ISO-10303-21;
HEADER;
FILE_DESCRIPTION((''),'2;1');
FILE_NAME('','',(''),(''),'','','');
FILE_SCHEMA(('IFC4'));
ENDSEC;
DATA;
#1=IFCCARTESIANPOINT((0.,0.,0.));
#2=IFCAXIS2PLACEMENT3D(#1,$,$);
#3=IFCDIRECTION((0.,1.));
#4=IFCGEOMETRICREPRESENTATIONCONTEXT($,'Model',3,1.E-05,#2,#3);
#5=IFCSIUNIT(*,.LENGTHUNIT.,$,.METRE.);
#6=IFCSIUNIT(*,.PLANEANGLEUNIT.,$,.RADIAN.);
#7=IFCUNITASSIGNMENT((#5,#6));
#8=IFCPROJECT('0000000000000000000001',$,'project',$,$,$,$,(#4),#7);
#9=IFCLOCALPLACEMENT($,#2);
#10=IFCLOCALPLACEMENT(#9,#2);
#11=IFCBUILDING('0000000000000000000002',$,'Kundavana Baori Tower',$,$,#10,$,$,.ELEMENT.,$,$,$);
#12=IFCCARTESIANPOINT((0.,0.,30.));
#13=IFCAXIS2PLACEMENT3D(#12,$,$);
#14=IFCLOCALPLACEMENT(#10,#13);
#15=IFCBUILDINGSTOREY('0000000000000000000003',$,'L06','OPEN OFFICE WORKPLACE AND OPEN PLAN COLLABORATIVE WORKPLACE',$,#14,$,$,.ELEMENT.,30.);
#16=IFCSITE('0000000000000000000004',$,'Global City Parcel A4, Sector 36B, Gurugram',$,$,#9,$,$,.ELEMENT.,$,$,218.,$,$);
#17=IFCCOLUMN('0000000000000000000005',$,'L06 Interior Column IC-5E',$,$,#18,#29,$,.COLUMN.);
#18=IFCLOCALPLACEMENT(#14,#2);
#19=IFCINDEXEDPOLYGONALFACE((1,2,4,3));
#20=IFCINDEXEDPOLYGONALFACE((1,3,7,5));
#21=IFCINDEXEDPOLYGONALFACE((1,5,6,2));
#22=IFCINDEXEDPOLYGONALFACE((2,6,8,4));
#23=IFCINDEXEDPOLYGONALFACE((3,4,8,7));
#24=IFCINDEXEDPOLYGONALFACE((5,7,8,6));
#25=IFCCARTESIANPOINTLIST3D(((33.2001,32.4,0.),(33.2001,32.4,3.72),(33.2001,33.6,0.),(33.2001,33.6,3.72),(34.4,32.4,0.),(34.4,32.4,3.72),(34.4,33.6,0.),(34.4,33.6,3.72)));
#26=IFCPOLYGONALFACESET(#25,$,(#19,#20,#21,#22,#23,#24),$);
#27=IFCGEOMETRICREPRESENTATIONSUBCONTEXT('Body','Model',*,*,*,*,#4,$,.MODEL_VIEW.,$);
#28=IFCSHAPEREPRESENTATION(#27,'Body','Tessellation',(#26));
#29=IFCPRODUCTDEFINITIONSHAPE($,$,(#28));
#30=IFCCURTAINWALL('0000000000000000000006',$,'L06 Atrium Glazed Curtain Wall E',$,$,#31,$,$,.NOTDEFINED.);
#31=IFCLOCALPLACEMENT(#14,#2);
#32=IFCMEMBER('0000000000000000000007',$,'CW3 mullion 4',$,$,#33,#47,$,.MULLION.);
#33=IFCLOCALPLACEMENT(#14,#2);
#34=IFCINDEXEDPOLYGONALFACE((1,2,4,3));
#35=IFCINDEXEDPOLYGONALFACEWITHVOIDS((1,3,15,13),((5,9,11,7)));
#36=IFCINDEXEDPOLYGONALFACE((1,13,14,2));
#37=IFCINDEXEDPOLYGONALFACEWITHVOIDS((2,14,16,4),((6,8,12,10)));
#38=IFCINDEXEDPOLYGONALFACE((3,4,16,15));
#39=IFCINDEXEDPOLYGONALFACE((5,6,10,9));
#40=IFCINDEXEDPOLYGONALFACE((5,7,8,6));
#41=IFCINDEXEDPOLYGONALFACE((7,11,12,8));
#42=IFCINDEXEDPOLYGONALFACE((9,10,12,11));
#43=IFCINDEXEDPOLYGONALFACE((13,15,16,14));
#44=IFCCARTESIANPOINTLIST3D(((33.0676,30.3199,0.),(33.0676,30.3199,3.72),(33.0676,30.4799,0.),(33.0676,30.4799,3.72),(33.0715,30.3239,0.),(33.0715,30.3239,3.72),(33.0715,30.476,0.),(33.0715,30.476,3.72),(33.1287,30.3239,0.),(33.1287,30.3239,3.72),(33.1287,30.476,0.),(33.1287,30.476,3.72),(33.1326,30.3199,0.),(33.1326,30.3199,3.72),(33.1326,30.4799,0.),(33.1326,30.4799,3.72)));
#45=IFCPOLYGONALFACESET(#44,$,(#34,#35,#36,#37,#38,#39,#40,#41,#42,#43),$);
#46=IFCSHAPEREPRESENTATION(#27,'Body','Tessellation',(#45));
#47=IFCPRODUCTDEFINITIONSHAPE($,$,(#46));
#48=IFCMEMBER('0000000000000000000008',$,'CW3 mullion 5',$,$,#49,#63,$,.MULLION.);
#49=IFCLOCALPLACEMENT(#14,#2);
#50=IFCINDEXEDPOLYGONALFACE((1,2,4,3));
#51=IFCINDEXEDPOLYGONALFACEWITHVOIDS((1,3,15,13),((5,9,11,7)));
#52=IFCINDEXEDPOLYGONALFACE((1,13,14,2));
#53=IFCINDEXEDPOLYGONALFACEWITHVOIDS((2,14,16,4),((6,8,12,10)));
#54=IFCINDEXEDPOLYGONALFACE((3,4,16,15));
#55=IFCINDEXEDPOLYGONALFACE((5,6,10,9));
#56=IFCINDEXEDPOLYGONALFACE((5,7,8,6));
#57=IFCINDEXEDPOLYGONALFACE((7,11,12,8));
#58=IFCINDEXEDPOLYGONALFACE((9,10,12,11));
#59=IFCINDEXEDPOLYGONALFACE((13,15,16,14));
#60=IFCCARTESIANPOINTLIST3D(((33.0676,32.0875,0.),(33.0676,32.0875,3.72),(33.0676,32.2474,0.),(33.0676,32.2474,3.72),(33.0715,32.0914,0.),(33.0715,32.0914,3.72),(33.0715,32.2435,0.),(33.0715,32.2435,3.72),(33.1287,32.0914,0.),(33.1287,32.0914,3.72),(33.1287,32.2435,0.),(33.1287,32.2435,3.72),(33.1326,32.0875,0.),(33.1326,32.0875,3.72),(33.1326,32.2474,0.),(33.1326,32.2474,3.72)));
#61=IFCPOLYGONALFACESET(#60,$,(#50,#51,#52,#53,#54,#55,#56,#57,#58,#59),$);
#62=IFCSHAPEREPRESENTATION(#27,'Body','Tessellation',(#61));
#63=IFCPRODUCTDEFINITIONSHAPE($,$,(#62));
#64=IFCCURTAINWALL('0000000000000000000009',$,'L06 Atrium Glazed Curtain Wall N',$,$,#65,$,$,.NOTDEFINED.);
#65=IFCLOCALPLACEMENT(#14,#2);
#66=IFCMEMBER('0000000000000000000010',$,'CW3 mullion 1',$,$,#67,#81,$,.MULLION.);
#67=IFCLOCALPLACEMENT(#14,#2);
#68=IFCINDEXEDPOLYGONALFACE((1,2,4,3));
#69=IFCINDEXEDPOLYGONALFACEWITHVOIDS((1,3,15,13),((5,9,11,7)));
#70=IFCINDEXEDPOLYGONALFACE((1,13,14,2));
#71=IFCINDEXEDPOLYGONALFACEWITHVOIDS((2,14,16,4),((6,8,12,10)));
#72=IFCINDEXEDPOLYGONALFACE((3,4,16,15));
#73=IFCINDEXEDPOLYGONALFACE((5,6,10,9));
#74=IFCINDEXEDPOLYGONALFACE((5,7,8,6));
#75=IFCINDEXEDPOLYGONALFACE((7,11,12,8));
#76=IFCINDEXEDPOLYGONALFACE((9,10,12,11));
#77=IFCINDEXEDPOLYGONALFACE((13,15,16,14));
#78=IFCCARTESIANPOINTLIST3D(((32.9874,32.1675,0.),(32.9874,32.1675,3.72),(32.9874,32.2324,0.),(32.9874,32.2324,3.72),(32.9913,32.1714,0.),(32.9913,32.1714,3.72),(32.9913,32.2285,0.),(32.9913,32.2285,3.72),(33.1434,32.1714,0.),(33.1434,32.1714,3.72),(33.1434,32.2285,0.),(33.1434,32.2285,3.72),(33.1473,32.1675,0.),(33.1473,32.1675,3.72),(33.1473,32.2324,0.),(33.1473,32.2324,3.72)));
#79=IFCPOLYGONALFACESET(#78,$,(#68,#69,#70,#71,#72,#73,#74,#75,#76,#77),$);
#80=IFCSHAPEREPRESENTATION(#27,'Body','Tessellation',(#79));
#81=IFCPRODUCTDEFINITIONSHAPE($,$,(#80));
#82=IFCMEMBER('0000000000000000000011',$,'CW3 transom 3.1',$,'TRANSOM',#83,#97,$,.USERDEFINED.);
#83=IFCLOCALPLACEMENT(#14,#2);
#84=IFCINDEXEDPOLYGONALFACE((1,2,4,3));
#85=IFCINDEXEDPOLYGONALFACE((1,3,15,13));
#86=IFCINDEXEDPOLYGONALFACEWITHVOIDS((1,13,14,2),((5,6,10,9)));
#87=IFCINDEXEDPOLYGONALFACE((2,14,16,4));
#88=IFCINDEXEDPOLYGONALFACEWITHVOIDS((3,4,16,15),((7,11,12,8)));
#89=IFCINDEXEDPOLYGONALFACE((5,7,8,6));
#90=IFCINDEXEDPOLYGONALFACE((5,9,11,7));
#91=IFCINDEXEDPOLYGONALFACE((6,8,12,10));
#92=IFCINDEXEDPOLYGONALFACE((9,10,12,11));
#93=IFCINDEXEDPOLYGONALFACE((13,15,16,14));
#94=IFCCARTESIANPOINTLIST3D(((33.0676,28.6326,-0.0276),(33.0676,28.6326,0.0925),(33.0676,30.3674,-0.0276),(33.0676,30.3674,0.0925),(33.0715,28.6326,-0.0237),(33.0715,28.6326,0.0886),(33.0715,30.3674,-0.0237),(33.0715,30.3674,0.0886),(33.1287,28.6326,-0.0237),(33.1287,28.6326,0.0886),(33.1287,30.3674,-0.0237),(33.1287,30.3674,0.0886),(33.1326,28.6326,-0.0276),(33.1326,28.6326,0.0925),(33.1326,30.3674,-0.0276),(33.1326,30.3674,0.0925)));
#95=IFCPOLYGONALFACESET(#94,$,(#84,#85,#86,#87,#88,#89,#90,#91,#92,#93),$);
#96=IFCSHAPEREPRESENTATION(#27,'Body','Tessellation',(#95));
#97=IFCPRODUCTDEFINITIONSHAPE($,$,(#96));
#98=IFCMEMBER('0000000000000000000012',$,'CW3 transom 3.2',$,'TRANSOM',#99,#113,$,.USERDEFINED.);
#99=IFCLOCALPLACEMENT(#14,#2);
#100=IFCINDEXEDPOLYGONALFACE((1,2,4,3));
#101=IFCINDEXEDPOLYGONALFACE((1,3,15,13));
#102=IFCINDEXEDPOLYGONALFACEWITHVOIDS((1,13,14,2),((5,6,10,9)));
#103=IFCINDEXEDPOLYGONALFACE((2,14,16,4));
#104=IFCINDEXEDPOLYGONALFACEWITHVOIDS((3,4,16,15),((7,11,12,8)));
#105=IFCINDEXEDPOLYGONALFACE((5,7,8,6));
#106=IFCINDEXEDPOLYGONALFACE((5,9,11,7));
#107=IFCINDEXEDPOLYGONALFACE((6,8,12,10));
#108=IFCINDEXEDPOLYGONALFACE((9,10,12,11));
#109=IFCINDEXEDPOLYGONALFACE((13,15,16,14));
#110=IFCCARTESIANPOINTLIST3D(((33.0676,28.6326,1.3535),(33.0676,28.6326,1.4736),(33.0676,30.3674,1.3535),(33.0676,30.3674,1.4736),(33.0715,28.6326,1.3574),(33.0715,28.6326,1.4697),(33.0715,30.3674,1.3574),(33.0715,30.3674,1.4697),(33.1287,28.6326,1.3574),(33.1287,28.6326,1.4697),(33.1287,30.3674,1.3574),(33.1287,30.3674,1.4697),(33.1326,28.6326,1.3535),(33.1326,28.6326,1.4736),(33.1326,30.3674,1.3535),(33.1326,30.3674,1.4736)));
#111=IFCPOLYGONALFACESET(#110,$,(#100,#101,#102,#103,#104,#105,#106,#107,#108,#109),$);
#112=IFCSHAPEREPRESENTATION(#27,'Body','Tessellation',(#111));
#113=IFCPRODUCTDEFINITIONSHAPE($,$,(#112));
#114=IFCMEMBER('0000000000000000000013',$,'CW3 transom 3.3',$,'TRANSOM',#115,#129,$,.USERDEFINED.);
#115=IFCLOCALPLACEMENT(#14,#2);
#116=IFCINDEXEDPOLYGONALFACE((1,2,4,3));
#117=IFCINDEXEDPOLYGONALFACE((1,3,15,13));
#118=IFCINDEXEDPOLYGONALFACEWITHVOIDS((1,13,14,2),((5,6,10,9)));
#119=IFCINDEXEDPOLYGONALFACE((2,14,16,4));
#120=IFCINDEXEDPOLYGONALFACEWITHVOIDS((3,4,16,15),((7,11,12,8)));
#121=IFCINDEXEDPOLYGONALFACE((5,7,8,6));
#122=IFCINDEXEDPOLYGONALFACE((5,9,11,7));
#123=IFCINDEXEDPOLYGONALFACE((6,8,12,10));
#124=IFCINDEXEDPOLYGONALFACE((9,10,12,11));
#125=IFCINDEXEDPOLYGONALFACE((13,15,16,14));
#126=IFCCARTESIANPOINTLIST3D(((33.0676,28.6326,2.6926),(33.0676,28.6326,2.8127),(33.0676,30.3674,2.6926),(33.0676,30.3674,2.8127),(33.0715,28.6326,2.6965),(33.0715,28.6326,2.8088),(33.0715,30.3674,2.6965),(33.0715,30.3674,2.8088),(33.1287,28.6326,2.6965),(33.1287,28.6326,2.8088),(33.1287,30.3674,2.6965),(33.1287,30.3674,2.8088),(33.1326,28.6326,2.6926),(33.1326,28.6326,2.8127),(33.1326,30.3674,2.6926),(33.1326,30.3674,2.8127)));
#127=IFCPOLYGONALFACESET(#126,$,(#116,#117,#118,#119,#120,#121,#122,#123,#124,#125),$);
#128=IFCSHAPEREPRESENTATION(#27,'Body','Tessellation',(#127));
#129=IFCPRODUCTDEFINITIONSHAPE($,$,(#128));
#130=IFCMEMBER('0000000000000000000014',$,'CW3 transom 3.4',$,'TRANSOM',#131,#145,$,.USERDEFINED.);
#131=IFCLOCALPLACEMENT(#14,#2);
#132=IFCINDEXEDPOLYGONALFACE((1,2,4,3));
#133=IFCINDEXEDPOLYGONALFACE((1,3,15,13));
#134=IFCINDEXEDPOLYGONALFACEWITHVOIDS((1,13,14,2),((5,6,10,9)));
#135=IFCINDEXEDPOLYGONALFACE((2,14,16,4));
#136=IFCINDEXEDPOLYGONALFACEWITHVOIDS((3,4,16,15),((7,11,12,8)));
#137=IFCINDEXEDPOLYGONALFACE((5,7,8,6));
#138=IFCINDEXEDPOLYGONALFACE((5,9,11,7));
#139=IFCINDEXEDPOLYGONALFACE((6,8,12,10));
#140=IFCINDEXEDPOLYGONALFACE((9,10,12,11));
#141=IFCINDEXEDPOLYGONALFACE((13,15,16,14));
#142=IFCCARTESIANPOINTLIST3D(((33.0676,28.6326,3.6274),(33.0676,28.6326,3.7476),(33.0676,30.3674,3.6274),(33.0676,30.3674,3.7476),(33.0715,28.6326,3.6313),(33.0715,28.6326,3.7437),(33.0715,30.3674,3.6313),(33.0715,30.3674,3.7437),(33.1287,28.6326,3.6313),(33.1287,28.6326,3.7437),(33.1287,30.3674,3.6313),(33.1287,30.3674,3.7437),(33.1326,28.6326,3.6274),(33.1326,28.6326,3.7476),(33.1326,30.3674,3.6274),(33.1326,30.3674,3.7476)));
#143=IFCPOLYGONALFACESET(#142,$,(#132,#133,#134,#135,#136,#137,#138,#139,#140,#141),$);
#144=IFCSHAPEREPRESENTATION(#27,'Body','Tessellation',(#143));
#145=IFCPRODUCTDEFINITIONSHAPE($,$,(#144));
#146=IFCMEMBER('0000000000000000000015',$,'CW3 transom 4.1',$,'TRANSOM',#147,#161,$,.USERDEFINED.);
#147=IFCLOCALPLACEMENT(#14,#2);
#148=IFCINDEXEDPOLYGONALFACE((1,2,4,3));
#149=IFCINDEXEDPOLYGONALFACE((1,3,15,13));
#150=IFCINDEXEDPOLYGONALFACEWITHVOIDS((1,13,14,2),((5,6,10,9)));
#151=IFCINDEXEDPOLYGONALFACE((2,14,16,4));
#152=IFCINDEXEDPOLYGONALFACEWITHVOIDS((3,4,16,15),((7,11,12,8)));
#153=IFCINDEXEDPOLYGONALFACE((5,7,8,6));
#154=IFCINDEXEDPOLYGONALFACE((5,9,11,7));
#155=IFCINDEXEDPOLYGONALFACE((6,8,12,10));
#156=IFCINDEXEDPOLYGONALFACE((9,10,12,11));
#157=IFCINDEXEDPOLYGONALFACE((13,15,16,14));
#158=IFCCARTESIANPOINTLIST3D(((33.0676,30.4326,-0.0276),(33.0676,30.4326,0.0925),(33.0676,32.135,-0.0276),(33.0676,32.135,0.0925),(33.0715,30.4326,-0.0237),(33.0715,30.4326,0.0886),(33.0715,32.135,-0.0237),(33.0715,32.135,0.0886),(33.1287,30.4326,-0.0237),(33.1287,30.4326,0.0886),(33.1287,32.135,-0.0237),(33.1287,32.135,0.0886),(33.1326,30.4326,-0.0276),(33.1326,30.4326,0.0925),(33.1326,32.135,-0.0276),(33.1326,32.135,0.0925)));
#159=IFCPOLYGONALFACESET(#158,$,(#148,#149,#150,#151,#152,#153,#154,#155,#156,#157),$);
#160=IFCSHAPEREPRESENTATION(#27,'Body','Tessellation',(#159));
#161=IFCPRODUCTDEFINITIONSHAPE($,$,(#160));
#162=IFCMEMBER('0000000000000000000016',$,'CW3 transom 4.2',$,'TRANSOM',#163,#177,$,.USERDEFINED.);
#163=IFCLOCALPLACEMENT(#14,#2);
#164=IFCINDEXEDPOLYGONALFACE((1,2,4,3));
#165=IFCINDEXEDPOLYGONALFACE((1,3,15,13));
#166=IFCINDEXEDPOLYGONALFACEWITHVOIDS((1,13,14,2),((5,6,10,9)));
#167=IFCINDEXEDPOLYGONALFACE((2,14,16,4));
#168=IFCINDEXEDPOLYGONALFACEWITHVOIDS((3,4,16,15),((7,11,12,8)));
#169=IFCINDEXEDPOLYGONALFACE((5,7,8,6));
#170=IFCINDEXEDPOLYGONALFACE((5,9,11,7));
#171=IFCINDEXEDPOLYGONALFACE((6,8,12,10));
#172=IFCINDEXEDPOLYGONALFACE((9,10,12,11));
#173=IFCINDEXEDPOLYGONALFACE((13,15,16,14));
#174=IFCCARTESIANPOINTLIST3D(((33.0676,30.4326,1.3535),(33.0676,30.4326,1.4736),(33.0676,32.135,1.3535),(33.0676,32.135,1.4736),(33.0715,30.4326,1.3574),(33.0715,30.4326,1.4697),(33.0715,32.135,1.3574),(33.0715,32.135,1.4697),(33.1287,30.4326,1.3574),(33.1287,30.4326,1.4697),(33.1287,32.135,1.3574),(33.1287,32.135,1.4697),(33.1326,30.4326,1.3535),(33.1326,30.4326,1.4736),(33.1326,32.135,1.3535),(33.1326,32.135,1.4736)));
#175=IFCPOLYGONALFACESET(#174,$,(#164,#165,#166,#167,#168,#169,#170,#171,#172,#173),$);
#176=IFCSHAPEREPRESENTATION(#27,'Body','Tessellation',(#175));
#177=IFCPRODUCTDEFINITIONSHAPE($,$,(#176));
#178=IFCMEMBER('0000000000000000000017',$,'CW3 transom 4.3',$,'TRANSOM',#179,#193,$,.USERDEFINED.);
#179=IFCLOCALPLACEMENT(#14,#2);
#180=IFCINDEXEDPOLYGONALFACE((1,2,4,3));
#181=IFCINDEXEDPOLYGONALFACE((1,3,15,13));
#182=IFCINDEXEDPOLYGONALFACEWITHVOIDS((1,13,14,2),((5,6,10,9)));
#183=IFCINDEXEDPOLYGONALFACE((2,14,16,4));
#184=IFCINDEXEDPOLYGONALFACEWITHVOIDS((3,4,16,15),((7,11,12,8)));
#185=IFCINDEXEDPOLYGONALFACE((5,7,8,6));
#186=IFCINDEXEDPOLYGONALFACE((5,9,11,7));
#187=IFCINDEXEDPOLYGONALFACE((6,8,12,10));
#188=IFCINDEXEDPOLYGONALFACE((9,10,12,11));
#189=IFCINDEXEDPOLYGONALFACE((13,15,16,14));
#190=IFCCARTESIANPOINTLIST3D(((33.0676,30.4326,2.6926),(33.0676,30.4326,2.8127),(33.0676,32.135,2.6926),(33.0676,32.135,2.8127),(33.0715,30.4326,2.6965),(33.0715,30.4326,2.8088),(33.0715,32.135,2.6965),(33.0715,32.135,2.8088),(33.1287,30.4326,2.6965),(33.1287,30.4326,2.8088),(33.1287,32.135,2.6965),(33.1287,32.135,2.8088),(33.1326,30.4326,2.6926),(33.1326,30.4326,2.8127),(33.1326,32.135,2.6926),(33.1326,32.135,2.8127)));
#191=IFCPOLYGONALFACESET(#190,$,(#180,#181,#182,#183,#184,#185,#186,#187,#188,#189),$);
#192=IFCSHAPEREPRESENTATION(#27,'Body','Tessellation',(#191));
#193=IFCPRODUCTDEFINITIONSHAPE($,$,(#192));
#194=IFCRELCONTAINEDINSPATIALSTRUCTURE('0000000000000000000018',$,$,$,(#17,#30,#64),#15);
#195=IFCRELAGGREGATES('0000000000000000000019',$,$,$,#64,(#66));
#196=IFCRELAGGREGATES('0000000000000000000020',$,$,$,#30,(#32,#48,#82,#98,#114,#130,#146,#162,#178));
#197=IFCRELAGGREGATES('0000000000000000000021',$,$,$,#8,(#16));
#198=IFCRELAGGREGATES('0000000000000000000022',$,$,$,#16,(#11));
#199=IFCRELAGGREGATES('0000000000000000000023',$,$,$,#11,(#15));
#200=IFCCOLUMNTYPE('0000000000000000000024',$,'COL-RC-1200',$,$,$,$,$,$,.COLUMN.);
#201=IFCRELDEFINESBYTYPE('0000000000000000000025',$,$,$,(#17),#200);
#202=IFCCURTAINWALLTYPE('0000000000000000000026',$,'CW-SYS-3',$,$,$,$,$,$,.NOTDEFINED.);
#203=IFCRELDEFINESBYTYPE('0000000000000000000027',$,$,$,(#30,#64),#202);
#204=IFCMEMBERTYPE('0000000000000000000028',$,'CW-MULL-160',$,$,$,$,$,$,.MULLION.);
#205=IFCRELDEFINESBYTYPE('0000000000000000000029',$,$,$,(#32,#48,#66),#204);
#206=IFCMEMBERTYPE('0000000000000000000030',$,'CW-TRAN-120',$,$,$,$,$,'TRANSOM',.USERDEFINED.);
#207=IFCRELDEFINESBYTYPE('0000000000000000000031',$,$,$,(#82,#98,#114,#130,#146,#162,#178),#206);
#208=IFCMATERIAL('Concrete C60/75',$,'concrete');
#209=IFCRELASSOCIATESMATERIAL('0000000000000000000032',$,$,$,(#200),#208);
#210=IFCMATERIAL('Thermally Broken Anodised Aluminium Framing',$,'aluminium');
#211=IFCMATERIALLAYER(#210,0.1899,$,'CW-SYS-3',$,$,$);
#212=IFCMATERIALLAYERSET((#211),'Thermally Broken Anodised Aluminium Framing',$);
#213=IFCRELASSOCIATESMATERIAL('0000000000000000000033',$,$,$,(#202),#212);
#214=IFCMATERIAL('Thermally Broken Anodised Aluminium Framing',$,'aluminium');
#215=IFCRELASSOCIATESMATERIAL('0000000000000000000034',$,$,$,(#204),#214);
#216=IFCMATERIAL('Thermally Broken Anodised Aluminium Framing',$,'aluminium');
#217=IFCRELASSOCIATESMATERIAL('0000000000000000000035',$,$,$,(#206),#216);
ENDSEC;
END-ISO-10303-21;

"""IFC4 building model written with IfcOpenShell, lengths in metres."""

from ifc_helpers import new_model, si_unit, direction, frame, origin, origin_2d, place, context, subcontext, project, spatial, rectangle, hollow_rectangle, extrude, material, layer, layer_set, material_profile, profile_set, type_object, element, aggregate, save


model = new_model("IFC4")

# Units and contexts
model_context = context("Model", 3, precision=1e-05, world=origin(), true_north=direction((0.0, 1.0)))
body_context = subcontext(model_context, "Body", "Model", "MODEL_VIEW")
ifc_project = project(units=[si_unit("LENGTHUNIT", "METRE"), si_unit("PLANEANGLEUNIT", "RADIAN")], contexts=[model_context])

# Site, building, storey
site_placement = place(None, origin())
site = spatial("IfcSite", under=ifc_project, at=site_placement, Name="Global City Parcel A4, Sector 36B, Gurugram", CompositionType="ELEMENT", RefElevation=218.0)
building_placement = place(site_placement, origin())
building = spatial("IfcBuilding", under=site, at=building_placement, Name="Kundavana Baori Tower", CompositionType="ELEMENT")
storey_placement = place(building_placement, frame((0.0, 0.0, 30.0)))
storey = spatial("IfcBuildingStorey", under=building, at=storey_placement, Name="L06", Description="OPEN OFFICE WORKPLACE AND OPEN PLAN COLLABORATIVE WORKPLACE", CompositionType="ELEMENT", Elevation=30.0)

# Column
ifc_material_1 = material(Name="Concrete C60/75", Category="concrete")
ifc_material_profile_1 = material_profile(ifc_material_1, rectangle(XDim=1.2, YDim=1.2, at=origin_2d()), Name="RC 1200x1200")
ifc_profile_set_1 = profile_set([ifc_material_profile_1], Name="Concrete C60/75")
column_type = type_object("IfcColumnType", Name="COL-RC-1200", PredefinedType="COLUMN", material=ifc_profile_set_1)
column_placement = place(storey_placement, frame((33.8, 33.0, 0.0), z_axis=(0.0, 0.0, 1.0), x_axis=(1.0, 0.0, 0.0)))
element("IfcColumn", 1, at=column_placement, inside=storey, type_object=column_type, Name="L06 Interior Column IC-5E", PredefinedType="COLUMN", context=body_context, shape_type="SweptSolid", body=[
    extrude(rectangle(XDim=1.2, YDim=1.2, at=origin_2d()), origin(), (0.0, 0.0, 1.0), 3.72),
])

# Curtain wall, members
ifc_material_2 = material(Name="Thermally Broken Anodised Aluminium Framing", Category="aluminium")
ifc_layer_1 = layer(ifc_material_2, 0.1899, Name="CW-SYS-3")
ifc_layer_set_1 = layer_set([ifc_layer_1], Name="Thermally Broken Anodised Aluminium Framing")
curtain_wall_type = type_object("IfcCurtainWallType", Name="CW-SYS-3", PredefinedType="NOTDEFINED", material=ifc_layer_set_1)
curtain_wall_1_placement = place(storey_placement, origin())
curtain_wall_1 = element("IfcCurtainWall", 2, at=curtain_wall_1_placement, inside=storey, type_object=curtain_wall_type, Name="L06 Atrium Glazed Curtain Wall E", PredefinedType="NOTDEFINED")
ifc_material_3 = material(Name="Thermally Broken Anodised Aluminium Framing", Category="aluminium")
ifc_material_profile_2 = material_profile(ifc_material_3, hollow_rectangle(XDim=0.0649, YDim=0.1599, WallThickness=0.0039, at=origin_2d()), Name="CW-MULL-160")
ifc_profile_set_2 = profile_set([ifc_material_profile_2], Name="Thermally Broken Anodised Aluminium Framing")
member_type_1 = type_object("IfcMemberType", Name="CW-MULL-160", PredefinedType="MULLION", material=ifc_profile_set_2)
member_1_placement = place(storey_placement, frame((33.1001, 30.3999, 0.0), z_axis=(0.0, 0.0, 1.0), x_axis=(-1.0, 0.0, 0.0)))
member_1 = element("IfcMember", 3, at=member_1_placement, type_object=member_type_1, Name="CW3 mullion 4", PredefinedType="MULLION", context=body_context, shape_type="SweptSolid", body=[
    extrude(hollow_rectangle(XDim=0.0649, YDim=0.1599, WallThickness=0.0039, at=origin_2d()), origin(), (0.0, 0.0, 1.0), 3.72),
])
member_2_placement = place(storey_placement, frame((33.1001, 32.1675, 0.0), z_axis=(0.0, 0.0, 1.0), x_axis=(-1.0, 0.0, 0.0)))
member_2 = element("IfcMember", 4, at=member_2_placement, type_object=member_type_1, Name="CW3 mullion 5", PredefinedType="MULLION", context=body_context, shape_type="SweptSolid", body=[
    extrude(hollow_rectangle(XDim=0.0649, YDim=0.1599, WallThickness=0.0039, at=origin_2d()), origin(), (0.0, 0.0, 1.0), 3.72),
])

# Curtain wall, member
curtain_wall_2_placement = place(storey_placement, origin())
curtain_wall_2 = element("IfcCurtainWall", 5, at=curtain_wall_2_placement, inside=storey, type_object=curtain_wall_type, Name="L06 Atrium Glazed Curtain Wall N", PredefinedType="NOTDEFINED")
member_3_placement = place(storey_placement, frame((33.0674, 32.2, 0.0), z_axis=(0.0, 0.0, 1.0), x_axis=(0.0, -1.0, 0.0)))
member_3 = element("IfcMember", 6, at=member_3_placement, type_object=member_type_1, Name="CW3 mullion 1", PredefinedType="MULLION", context=body_context, shape_type="SweptSolid", body=[
    extrude(hollow_rectangle(XDim=0.0649, YDim=0.1599, WallThickness=0.0039, at=origin_2d()), origin(), (0.0, 0.0, 1.0), 3.72),
])

# Members
ifc_material_4 = material(Name="Thermally Broken Anodised Aluminium Framing", Category="aluminium")
ifc_material_profile_3 = material_profile(ifc_material_4, hollow_rectangle(XDim=0.0649, YDim=0.1201, WallThickness=0.0039, at=origin_2d()), Name="CW-TRAN-120")
ifc_profile_set_3 = profile_set([ifc_material_profile_3], Name="Thermally Broken Anodised Aluminium Framing")
member_type_2 = type_object("IfcMemberType", Name="CW-TRAN-120", ElementType="TRANSOM", PredefinedType="USERDEFINED", material=ifc_profile_set_3)
member_4_placement = place(storey_placement, frame((33.1001, 28.6326, 0.0325), z_axis=(0.0, 1.0, 0.0), x_axis=(-1.0, 0.0, 0.0)))
member_4 = element("IfcMember", 7, at=member_4_placement, type_object=member_type_2, Name="CW3 transom 3.1", ObjectType="TRANSOM", PredefinedType="USERDEFINED", context=body_context, shape_type="SweptSolid", body=[
    extrude(hollow_rectangle(XDim=0.0649, YDim=0.1201, WallThickness=0.0039, at=origin_2d()), origin(), (0.0, 0.0, 1.0), 1.7349),
])
member_5_placement = place(storey_placement, frame((33.1001, 28.6326, 1.4136), z_axis=(0.0, 1.0, 0.0), x_axis=(-1.0, 0.0, 0.0)))
member_5 = element("IfcMember", 8, at=member_5_placement, type_object=member_type_2, Name="CW3 transom 3.2", ObjectType="TRANSOM", PredefinedType="USERDEFINED", context=body_context, shape_type="SweptSolid", body=[
    extrude(hollow_rectangle(XDim=0.0649, YDim=0.1201, WallThickness=0.0039, at=origin_2d()), origin(), (0.0, 0.0, 1.0), 1.7349),
])
member_6_placement = place(storey_placement, frame((33.1001, 28.6326, 2.7527), z_axis=(0.0, 1.0, 0.0), x_axis=(-1.0, 0.0, 0.0)))
member_6 = element("IfcMember", 9, at=member_6_placement, type_object=member_type_2, Name="CW3 transom 3.3", ObjectType="TRANSOM", PredefinedType="USERDEFINED", context=body_context, shape_type="SweptSolid", body=[
    extrude(hollow_rectangle(XDim=0.0649, YDim=0.1201, WallThickness=0.0039, at=origin_2d()), origin(), (0.0, 0.0, 1.0), 1.7349),
])
member_7_placement = place(storey_placement, frame((33.1001, 28.6326, 3.6875), z_axis=(0.0, 1.0, 0.0), x_axis=(-1.0, 0.0, 0.0)))
member_7 = element("IfcMember", 10, at=member_7_placement, type_object=member_type_2, Name="CW3 transom 3.4", ObjectType="TRANSOM", PredefinedType="USERDEFINED", context=body_context, shape_type="SweptSolid", body=[
    extrude(hollow_rectangle(XDim=0.0649, YDim=0.1201, WallThickness=0.0039, at=origin_2d()), origin(), (0.0, 0.0, 1.0), 1.7349),
])
member_8_placement = place(storey_placement, frame((33.1001, 30.4326, 0.0325), z_axis=(0.0, 1.0, 0.0), x_axis=(-1.0, 0.0, 0.0)))
member_8 = element("IfcMember", 11, at=member_8_placement, type_object=member_type_2, Name="CW3 transom 4.1", ObjectType="TRANSOM", PredefinedType="USERDEFINED", context=body_context, shape_type="SweptSolid", body=[
    extrude(hollow_rectangle(XDim=0.0649, YDim=0.1201, WallThickness=0.0039, at=origin_2d()), origin(), (0.0, 0.0, 1.0), 1.7024),
])
member_9_placement = place(storey_placement, frame((33.1001, 30.4326, 1.4136), z_axis=(0.0, 1.0, 0.0), x_axis=(-1.0, 0.0, 0.0)))
member_9 = element("IfcMember", 12, at=member_9_placement, type_object=member_type_2, Name="CW3 transom 4.2", ObjectType="TRANSOM", PredefinedType="USERDEFINED", context=body_context, shape_type="SweptSolid", body=[
    extrude(hollow_rectangle(XDim=0.0649, YDim=0.1201, WallThickness=0.0039, at=origin_2d()), origin(), (0.0, 0.0, 1.0), 1.7024),
])
member_10_placement = place(storey_placement, frame((33.1001, 30.4326, 2.7527), z_axis=(0.0, 1.0, 0.0), x_axis=(-1.0, 0.0, 0.0)))
member_10 = element("IfcMember", 13, at=member_10_placement, type_object=member_type_2, Name="CW3 transom 4.3", ObjectType="TRANSOM", PredefinedType="USERDEFINED", context=body_context, shape_type="SweptSolid", body=[
    extrude(hollow_rectangle(XDim=0.0649, YDim=0.1201, WallThickness=0.0039, at=origin_2d()), origin(), (0.0, 0.0, 1.0), 1.7024),
])
aggregate(curtain_wall_2, [member_3])

aggregate(curtain_wall_1, [member_1, member_2, member_4, member_5, member_6, member_7, member_8, member_9, member_10])

save(model, "model.ifc")
